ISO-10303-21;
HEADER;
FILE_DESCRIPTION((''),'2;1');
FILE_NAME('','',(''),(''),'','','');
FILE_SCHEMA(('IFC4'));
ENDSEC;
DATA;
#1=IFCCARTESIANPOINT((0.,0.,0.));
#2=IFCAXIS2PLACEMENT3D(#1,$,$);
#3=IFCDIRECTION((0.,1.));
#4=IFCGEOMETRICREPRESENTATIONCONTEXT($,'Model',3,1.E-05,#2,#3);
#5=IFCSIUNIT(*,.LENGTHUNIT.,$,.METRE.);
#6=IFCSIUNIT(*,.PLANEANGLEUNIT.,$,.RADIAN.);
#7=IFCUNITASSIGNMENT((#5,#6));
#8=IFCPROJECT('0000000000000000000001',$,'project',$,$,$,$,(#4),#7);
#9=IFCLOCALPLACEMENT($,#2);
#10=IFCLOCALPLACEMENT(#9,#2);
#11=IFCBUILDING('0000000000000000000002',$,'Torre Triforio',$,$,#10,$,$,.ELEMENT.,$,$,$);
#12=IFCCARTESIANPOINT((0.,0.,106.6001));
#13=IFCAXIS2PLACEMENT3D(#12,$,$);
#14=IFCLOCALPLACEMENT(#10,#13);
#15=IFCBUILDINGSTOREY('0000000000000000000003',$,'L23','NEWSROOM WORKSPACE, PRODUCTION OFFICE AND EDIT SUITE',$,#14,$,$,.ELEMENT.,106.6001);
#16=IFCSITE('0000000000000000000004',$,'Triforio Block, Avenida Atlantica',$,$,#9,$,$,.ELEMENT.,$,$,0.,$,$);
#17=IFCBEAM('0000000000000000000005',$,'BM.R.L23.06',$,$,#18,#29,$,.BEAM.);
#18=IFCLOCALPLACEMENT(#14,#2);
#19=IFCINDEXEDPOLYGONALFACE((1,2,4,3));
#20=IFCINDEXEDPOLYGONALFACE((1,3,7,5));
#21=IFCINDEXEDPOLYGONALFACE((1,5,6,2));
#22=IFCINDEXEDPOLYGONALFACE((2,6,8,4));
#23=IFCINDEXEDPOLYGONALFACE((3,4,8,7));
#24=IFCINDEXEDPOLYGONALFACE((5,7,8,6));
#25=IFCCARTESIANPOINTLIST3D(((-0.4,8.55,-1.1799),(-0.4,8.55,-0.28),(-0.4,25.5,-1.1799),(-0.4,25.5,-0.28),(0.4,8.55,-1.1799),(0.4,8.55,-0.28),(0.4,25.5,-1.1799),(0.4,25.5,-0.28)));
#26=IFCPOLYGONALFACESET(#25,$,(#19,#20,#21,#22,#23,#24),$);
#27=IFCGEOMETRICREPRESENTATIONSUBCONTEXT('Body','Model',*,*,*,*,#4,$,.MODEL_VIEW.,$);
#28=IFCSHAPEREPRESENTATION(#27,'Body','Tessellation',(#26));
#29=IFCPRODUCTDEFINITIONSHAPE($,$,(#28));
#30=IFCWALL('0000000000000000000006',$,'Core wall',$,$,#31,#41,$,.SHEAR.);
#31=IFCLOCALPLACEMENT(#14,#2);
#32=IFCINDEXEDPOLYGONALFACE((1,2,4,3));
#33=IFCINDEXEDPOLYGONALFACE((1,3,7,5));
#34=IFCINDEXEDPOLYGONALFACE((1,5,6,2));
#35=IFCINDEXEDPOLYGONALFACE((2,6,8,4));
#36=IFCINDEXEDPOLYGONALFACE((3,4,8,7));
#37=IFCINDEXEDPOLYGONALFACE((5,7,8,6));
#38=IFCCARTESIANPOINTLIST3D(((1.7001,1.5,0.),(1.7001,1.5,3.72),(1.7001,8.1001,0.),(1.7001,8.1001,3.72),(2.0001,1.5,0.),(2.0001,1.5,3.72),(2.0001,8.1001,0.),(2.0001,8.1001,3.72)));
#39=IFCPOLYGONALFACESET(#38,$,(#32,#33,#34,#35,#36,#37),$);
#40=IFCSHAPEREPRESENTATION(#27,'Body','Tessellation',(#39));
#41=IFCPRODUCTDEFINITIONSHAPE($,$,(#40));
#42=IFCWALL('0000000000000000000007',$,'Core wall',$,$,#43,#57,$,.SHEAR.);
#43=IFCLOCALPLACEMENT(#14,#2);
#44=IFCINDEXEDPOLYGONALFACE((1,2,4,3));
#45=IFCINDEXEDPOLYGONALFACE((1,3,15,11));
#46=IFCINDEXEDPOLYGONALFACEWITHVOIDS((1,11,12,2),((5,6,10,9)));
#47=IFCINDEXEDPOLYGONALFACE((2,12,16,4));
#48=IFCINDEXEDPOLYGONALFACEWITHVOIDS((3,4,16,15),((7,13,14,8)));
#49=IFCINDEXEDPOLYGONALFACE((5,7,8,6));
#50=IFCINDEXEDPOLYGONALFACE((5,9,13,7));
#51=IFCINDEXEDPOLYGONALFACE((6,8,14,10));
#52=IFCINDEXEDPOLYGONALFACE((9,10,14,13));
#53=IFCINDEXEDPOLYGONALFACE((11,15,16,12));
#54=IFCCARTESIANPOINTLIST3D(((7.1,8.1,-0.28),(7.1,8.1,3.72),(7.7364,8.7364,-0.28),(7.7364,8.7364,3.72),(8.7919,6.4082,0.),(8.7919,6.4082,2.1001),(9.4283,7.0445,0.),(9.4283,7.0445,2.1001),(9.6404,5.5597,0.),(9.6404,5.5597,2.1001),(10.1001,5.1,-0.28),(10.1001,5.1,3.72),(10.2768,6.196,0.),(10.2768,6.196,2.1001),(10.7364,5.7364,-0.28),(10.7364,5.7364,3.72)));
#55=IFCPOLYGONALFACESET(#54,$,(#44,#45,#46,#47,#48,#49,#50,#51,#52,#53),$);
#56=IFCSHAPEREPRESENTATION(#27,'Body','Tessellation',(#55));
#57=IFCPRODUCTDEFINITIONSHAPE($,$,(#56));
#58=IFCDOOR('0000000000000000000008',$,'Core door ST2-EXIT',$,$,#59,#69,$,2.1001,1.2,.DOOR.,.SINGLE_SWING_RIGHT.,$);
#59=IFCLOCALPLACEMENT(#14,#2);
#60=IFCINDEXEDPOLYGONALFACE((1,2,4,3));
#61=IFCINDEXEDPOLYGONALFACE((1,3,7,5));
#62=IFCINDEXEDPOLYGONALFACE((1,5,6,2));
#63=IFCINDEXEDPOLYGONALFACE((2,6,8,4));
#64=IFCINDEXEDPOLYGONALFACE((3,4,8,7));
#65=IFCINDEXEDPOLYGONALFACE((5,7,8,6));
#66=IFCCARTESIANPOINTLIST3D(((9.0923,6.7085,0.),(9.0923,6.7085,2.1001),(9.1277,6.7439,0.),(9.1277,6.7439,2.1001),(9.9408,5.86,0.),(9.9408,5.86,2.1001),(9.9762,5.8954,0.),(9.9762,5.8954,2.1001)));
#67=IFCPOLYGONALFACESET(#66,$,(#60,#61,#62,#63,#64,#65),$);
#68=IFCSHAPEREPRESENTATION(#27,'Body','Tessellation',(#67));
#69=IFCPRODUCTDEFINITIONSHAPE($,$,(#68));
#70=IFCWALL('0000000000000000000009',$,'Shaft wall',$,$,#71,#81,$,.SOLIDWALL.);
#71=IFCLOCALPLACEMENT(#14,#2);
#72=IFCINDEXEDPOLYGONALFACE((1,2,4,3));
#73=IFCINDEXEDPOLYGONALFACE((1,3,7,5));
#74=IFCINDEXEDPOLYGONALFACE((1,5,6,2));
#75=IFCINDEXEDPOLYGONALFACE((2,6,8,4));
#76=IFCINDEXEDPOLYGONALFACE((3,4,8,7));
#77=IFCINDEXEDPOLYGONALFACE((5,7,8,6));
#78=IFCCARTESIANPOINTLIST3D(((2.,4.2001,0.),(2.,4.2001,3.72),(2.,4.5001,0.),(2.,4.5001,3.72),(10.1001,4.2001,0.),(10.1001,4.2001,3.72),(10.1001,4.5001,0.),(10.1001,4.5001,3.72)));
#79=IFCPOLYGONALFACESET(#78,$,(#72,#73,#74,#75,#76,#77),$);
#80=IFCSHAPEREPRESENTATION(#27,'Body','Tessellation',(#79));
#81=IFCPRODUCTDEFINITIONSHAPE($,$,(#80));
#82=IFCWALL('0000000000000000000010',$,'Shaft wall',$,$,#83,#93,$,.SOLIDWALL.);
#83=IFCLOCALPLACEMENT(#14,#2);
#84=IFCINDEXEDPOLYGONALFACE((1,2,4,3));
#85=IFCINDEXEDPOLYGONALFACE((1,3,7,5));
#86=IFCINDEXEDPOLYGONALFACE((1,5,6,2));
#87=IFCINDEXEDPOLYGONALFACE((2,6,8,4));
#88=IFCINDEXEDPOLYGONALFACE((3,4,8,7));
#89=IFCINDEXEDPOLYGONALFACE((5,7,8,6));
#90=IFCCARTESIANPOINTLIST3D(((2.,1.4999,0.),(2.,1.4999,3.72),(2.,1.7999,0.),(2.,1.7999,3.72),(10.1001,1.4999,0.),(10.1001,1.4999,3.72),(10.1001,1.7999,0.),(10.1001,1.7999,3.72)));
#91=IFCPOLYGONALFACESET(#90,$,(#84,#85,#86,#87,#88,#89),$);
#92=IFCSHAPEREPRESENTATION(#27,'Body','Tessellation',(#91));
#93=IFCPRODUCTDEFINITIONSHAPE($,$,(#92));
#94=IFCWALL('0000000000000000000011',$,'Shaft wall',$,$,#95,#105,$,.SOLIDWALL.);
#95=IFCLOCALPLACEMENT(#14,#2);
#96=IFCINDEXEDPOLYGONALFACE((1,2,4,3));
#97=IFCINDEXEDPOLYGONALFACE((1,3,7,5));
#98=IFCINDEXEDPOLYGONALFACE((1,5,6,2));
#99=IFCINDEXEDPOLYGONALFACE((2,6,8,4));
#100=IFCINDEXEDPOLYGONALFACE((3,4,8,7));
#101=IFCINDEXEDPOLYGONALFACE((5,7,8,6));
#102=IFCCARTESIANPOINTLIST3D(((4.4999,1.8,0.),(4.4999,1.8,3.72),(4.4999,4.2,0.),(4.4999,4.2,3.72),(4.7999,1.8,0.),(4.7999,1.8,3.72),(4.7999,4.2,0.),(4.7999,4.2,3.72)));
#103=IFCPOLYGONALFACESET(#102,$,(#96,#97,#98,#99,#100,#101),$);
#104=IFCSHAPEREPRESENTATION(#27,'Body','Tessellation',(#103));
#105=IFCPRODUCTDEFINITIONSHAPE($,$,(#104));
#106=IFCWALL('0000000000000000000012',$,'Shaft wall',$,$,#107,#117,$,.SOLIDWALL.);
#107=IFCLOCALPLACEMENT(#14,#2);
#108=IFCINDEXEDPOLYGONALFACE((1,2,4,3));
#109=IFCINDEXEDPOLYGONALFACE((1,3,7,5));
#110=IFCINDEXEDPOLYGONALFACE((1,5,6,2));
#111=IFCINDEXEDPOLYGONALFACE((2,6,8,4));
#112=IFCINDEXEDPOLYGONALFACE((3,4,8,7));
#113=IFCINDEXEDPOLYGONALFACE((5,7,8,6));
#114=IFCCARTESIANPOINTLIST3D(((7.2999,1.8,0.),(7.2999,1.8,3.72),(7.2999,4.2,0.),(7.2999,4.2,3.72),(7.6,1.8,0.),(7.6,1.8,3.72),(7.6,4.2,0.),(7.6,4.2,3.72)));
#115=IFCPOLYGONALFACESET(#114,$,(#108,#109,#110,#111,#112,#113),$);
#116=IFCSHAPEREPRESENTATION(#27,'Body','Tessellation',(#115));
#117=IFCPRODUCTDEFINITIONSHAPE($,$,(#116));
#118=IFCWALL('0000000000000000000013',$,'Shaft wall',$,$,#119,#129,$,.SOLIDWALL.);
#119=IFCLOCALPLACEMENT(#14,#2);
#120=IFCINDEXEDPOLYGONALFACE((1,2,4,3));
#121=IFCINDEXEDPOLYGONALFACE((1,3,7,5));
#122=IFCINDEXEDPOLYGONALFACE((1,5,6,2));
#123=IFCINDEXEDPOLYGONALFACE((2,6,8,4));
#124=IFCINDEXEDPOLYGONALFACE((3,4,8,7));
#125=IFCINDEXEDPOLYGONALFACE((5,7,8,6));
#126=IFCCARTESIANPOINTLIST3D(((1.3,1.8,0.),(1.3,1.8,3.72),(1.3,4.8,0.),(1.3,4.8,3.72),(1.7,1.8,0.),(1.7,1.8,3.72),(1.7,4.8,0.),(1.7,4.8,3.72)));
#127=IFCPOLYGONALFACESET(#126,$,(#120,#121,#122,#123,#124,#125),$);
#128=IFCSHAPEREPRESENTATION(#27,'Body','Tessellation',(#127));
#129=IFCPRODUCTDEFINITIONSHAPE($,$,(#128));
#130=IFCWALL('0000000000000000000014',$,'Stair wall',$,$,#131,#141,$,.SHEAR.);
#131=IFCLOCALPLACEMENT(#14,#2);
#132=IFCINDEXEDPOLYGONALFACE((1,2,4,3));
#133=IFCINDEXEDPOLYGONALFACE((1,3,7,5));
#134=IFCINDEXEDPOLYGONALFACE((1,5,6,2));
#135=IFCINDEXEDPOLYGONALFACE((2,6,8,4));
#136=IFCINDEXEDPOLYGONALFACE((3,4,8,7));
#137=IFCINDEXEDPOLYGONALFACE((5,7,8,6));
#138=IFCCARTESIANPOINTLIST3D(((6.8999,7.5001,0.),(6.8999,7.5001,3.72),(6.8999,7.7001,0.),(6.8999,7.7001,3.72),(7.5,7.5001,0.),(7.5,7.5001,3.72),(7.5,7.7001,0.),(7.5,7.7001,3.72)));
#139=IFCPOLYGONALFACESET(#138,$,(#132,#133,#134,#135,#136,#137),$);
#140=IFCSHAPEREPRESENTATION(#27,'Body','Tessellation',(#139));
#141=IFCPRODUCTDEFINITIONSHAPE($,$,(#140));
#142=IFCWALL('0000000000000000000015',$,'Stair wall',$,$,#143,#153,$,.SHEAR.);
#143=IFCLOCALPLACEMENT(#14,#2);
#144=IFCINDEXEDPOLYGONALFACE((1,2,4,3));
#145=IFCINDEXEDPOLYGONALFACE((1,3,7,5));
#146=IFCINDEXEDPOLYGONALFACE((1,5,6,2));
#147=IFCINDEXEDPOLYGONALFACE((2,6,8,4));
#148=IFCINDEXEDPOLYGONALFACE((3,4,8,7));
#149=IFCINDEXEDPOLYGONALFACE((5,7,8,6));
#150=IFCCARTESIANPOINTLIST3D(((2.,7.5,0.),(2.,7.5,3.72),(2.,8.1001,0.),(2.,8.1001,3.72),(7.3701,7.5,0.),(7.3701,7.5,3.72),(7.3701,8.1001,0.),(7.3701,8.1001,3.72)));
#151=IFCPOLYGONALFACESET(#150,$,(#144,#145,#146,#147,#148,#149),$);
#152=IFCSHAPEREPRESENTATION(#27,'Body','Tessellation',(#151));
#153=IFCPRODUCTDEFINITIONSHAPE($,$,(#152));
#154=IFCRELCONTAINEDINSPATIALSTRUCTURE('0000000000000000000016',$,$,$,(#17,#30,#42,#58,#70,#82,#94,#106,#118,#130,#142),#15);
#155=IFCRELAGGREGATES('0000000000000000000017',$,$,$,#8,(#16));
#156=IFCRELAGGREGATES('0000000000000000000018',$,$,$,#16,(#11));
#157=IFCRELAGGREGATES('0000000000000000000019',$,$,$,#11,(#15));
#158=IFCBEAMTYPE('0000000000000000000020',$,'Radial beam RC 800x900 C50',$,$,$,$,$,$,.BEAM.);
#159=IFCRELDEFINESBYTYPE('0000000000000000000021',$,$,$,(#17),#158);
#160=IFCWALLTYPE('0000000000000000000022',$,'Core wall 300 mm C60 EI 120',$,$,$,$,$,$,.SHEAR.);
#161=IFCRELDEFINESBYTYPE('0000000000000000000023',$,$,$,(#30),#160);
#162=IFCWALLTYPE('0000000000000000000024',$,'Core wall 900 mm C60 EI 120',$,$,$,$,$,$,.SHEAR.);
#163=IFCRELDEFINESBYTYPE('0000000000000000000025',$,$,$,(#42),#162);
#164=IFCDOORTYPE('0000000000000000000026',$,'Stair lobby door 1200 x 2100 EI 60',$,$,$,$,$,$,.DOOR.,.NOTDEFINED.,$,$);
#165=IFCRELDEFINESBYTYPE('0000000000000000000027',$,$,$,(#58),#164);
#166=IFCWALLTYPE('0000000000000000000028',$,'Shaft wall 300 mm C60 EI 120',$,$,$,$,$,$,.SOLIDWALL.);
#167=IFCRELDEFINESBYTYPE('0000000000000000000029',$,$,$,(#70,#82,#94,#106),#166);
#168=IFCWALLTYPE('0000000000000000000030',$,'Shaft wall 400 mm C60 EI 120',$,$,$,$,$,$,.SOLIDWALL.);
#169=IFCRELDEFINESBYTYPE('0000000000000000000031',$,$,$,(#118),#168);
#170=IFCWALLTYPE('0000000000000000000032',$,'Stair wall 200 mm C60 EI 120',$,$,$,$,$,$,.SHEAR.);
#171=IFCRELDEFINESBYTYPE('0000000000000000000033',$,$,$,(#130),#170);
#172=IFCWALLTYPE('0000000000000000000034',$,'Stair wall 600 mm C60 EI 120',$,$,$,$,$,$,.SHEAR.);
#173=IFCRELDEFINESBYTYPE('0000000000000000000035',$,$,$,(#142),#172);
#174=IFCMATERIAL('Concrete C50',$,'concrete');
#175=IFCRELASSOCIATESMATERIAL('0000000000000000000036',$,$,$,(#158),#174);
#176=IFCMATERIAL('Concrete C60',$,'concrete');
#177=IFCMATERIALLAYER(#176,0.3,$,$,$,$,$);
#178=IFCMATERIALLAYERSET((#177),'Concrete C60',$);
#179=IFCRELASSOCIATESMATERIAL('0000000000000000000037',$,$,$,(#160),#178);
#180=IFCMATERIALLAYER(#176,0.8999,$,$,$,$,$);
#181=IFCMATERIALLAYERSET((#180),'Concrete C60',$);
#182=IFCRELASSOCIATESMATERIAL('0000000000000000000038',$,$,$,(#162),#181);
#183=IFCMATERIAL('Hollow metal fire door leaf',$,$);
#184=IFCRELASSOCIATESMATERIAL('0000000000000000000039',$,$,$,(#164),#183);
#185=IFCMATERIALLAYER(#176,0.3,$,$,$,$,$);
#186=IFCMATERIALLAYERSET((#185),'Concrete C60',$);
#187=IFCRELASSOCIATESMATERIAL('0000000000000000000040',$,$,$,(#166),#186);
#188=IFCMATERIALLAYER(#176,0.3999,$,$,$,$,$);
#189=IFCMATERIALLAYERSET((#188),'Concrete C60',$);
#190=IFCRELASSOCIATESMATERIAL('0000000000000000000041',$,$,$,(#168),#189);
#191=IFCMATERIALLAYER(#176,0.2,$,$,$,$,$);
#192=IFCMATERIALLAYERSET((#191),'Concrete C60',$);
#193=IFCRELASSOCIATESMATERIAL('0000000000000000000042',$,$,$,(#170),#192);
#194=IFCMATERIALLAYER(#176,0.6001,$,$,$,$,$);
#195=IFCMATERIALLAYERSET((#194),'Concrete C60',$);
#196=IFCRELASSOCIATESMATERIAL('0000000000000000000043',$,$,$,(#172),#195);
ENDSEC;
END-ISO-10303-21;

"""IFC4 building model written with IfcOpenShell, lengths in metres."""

from ifc_helpers import new_model, si_unit, direction, frame, frame_2d, origin, origin_2d, place, context, subcontext, project, spatial, rectangle, extrude, material, layer, layer_set, material_profile, profile_set, type_object, element, fill, save


model = new_model("IFC4")

# Units and contexts
model_context = context("Model", 3, precision=1e-05, world=origin(), true_north=direction((0.0, 1.0)))
body_context = subcontext(model_context, "Body", "Model", "MODEL_VIEW")
ifc_project = project(units=[si_unit("LENGTHUNIT", "METRE"), si_unit("PLANEANGLEUNIT", "RADIAN")], contexts=[model_context])

# Site, building, storey
site_placement = place(None, origin())
site = spatial("IfcSite", under=ifc_project, at=site_placement, Name="Triforio Block, Avenida Atlantica", CompositionType="ELEMENT", RefElevation=0.0)
building_placement = place(site_placement, origin())
building = spatial("IfcBuilding", under=site, at=building_placement, Name="Torre Triforio", CompositionType="ELEMENT")
storey_placement = place(building_placement, frame((0.0, 0.0, 106.6001)))
storey = spatial("IfcBuildingStorey", under=building, at=storey_placement, Name="L23", Description="NEWSROOM WORKSPACE, PRODUCTION OFFICE AND EDIT SUITE", CompositionType="ELEMENT", Elevation=106.6001)

# Beam
ifc_material_1 = material(Name="Concrete C50", Category="concrete")
ifc_material_profile = material_profile(ifc_material_1, rectangle(XDim=0.8, YDim=0.8999, at=origin_2d()), Name="RC 800x900")
ifc_profile_set = profile_set([ifc_material_profile], Name="Concrete C50")
beam_type = type_object("IfcBeamType", Name="Radial beam RC 800x900 C50", PredefinedType="BEAM", material=ifc_profile_set)
beam_placement = place(storey_placement, frame((0.0, 8.55, -0.73), z_axis=(0.0, 1.0, 0.0), x_axis=(-1.0, 0.0, 0.0)))
element("IfcBeam", 1, at=beam_placement, inside=storey, type_object=beam_type, Name="BM.R.L23.06", PredefinedType="BEAM", context=body_context, shape_type="SweptSolid", body=[
    extrude(rectangle(XDim=0.8, YDim=0.8999, at=origin_2d()), origin(), (0.0, 0.0, 1.0), 16.95),
])

# Wall
ifc_material_2 = material(Name="Concrete C60", Category="concrete")
ifc_layer_1 = layer(ifc_material_2, 0.3)
ifc_layer_set_1 = layer_set([ifc_layer_1], Name="Concrete C60")
wall_type_1 = type_object("IfcWallType", Name="Core wall 300 mm C60 EI 120", PredefinedType="SHEAR", material=ifc_layer_set_1)
wall_1_placement = place(storey_placement, frame((1.8501, 1.5, 0.0), z_axis=(0.0, 0.0, 1.0), x_axis=(0.0, 1.0, 0.0)))
element("IfcWall", 2, at=wall_1_placement, inside=storey, type_object=wall_type_1, Name="Core wall", PredefinedType="SHEAR", context=body_context, shape_type="SweptSolid", body=[
    extrude(rectangle(XDim=6.6001, YDim=0.3, at=frame_2d((3.3, 0.0))), origin(), (0.0, 0.0, 1.0), 3.72),
])

# Wall, opening, door
ifc_layer_2 = layer(ifc_material_2, 0.8999)
ifc_layer_set_2 = layer_set([ifc_layer_2], Name="Concrete C60")
wall_type_2 = type_object("IfcWallType", Name="Core wall 900 mm C60 EI 120", PredefinedType="SHEAR", material=ifc_layer_set_2)
wall_2_placement = place(storey_placement, frame((7.4182, 8.4182, -0.28), z_axis=(0.0, 0.0, 1.0), x_axis=(0.707107, -0.707107, 0.0)))
wall_2 = element("IfcWall", 3, at=wall_2_placement, inside=storey, type_object=wall_type_2, Name="Core wall", PredefinedType="SHEAR", context=body_context, shape_type="SweptSolid", body=[
    extrude(rectangle(XDim=4.2427, YDim=0.8999, at=frame_2d((2.1213, 0.0))), origin(), (0.0, 0.0, 1.0), 4.0),
])
opening_placement = place(wall_2_placement, frame((2.3926, 0.0, 0.28)))
opening = element("IfcOpeningElement", 4, at=opening_placement, cuts=wall_2, PredefinedType="OPENING", context=body_context, shape_type="SweptSolid", body=[
    extrude(rectangle(XDim=1.2, YDim=2.1001, at=frame_2d((0.6001, 1.05))), frame((0.0, 0.46, 0.0), z_axis=(0.0, -1.0, 0.0), x_axis=(1.0, 0.0, 0.0)), (0.0, 0.0, 1.0), 0.9199),
])
ifc_material_3 = material(Name="Hollow metal fire door leaf")
door_type = type_object("IfcDoorType", Name="Stair lobby door 1200 x 2100 EI 60", OperationType="NOTDEFINED", PredefinedType="DOOR", material=ifc_material_3)
door_placement = place(opening_placement, origin())
door = element("IfcDoor", 5, at=door_placement, inside=storey, type_object=door_type, Name="Core door ST2-EXIT", OperationType="SINGLE_SWING_RIGHT", OverallHeight=2.1001, OverallWidth=1.2, PredefinedType="DOOR", context=body_context, shape_type="SweptSolid", body=[
    extrude(rectangle(XDim=1.2, YDim=2.1001, at=frame_2d((0.6001, 1.05))), frame((0.0, 0.0249, 0.0), z_axis=(0.0, -1.0, 0.0), x_axis=(1.0, 0.0, 0.0)), (0.0, 0.0, 1.0), 0.05),
])
fill(opening, door)

# Walls
ifc_layer_3 = layer(ifc_material_2, 0.3)
ifc_layer_set_3 = layer_set([ifc_layer_3], Name="Concrete C60")
wall_type_3 = type_object("IfcWallType", Name="Shaft wall 300 mm C60 EI 120", PredefinedType="SOLIDWALL", material=ifc_layer_set_3)
for number, where, z_axis, x_axis, name in (
    (6, (2.0, 4.3501, 0.0), (0.0, 0.0, 1.0), (1.0, 0.0, 0.0), "Shaft wall"),
    (7, (2.0, 1.6499, 0.0), (0.0, 0.0, 1.0), (1.0, 0.0, 0.0), "Shaft wall"),
):
    element("IfcWall", number, at=place(storey_placement, frame(where, z_axis=z_axis, x_axis=x_axis)), inside=storey, type_object=wall_type_3, Name=name, PredefinedType="SOLIDWALL", context=body_context, shape_type="SweptSolid", body=[
        extrude(rectangle(XDim=8.1001, YDim=0.3, at=frame_2d((4.05, 0.0))), origin(), (0.0, 0.0, 1.0), 3.72),
    ])
for number, where, z_axis, x_axis, name in (
    (8, (4.6499, 1.8, 0.0), (0.0, 0.0, 1.0), (0.0, 1.0, 0.0), "Shaft wall"),
    (9, (7.45, 1.8, 0.0), (0.0, 0.0, 1.0), (0.0, 1.0, 0.0), "Shaft wall"),
):
    element("IfcWall", number, at=place(storey_placement, frame(where, z_axis=z_axis, x_axis=x_axis)), inside=storey, type_object=wall_type_3, Name=name, PredefinedType="SOLIDWALL", context=body_context, shape_type="SweptSolid", body=[
        extrude(rectangle(XDim=2.3999, YDim=0.3, at=frame_2d((1.2, 0.0))), origin(), (0.0, 0.0, 1.0), 3.72),
    ])
ifc_layer_4 = layer(ifc_material_2, 0.3999)
ifc_layer_set_4 = layer_set([ifc_layer_4], Name="Concrete C60")
wall_type_4 = type_object("IfcWallType", Name="Shaft wall 400 mm C60 EI 120", PredefinedType="SOLIDWALL", material=ifc_layer_set_4)
wall_3_placement = place(storey_placement, frame((1.5, 1.8, 0.0), z_axis=(0.0, 0.0, 1.0), x_axis=(0.0, 1.0, 0.0)))
element("IfcWall", 10, at=wall_3_placement, inside=storey, type_object=wall_type_4, Name="Shaft wall", PredefinedType="SOLIDWALL", context=body_context, shape_type="SweptSolid", body=[
    extrude(rectangle(XDim=3.0, YDim=0.3999, at=frame_2d((1.5, 0.0))), origin(), (0.0, 0.0, 1.0), 3.72),
])
ifc_layer_5 = layer(ifc_material_2, 0.2)
ifc_layer_set_5 = layer_set([ifc_layer_5], Name="Concrete C60")
wall_type_5 = type_object("IfcWallType", Name="Stair wall 200 mm C60 EI 120", PredefinedType="SHEAR", material=ifc_layer_set_5)
wall_4_placement = place(storey_placement, frame((6.8999, 7.6001, 0.0), z_axis=(0.0, 0.0, 1.0), x_axis=(1.0, 0.0, 0.0)))
element("IfcWall", 11, at=wall_4_placement, inside=storey, type_object=wall_type_5, Name="Stair wall", PredefinedType="SHEAR", context=body_context, shape_type="SweptSolid", body=[
    extrude(rectangle(XDim=0.6001, YDim=0.2, at=frame_2d((0.3, 0.0))), origin(), (0.0, 0.0, 1.0), 3.72),
])
ifc_layer_6 = layer(ifc_material_2, 0.6001)
ifc_layer_set_6 = layer_set([ifc_layer_6], Name="Concrete C60")
wall_type_6 = type_object("IfcWallType", Name="Stair wall 600 mm C60 EI 120", PredefinedType="SHEAR", material=ifc_layer_set_6)
wall_5_placement = place(storey_placement, frame((2.0, 7.8, 0.0), z_axis=(0.0, 0.0, 1.0), x_axis=(1.0, 0.0, 0.0)))
element("IfcWall", 12, at=wall_5_placement, inside=storey, type_object=wall_type_6, Name="Stair wall", PredefinedType="SHEAR", context=body_context, shape_type="SweptSolid", body=[
    extrude(rectangle(XDim=5.3701, YDim=0.6001, at=frame_2d((2.6851, 0.0))), origin(), (0.0, 0.0, 1.0), 3.72),
])

save(model, "model.ifc")
